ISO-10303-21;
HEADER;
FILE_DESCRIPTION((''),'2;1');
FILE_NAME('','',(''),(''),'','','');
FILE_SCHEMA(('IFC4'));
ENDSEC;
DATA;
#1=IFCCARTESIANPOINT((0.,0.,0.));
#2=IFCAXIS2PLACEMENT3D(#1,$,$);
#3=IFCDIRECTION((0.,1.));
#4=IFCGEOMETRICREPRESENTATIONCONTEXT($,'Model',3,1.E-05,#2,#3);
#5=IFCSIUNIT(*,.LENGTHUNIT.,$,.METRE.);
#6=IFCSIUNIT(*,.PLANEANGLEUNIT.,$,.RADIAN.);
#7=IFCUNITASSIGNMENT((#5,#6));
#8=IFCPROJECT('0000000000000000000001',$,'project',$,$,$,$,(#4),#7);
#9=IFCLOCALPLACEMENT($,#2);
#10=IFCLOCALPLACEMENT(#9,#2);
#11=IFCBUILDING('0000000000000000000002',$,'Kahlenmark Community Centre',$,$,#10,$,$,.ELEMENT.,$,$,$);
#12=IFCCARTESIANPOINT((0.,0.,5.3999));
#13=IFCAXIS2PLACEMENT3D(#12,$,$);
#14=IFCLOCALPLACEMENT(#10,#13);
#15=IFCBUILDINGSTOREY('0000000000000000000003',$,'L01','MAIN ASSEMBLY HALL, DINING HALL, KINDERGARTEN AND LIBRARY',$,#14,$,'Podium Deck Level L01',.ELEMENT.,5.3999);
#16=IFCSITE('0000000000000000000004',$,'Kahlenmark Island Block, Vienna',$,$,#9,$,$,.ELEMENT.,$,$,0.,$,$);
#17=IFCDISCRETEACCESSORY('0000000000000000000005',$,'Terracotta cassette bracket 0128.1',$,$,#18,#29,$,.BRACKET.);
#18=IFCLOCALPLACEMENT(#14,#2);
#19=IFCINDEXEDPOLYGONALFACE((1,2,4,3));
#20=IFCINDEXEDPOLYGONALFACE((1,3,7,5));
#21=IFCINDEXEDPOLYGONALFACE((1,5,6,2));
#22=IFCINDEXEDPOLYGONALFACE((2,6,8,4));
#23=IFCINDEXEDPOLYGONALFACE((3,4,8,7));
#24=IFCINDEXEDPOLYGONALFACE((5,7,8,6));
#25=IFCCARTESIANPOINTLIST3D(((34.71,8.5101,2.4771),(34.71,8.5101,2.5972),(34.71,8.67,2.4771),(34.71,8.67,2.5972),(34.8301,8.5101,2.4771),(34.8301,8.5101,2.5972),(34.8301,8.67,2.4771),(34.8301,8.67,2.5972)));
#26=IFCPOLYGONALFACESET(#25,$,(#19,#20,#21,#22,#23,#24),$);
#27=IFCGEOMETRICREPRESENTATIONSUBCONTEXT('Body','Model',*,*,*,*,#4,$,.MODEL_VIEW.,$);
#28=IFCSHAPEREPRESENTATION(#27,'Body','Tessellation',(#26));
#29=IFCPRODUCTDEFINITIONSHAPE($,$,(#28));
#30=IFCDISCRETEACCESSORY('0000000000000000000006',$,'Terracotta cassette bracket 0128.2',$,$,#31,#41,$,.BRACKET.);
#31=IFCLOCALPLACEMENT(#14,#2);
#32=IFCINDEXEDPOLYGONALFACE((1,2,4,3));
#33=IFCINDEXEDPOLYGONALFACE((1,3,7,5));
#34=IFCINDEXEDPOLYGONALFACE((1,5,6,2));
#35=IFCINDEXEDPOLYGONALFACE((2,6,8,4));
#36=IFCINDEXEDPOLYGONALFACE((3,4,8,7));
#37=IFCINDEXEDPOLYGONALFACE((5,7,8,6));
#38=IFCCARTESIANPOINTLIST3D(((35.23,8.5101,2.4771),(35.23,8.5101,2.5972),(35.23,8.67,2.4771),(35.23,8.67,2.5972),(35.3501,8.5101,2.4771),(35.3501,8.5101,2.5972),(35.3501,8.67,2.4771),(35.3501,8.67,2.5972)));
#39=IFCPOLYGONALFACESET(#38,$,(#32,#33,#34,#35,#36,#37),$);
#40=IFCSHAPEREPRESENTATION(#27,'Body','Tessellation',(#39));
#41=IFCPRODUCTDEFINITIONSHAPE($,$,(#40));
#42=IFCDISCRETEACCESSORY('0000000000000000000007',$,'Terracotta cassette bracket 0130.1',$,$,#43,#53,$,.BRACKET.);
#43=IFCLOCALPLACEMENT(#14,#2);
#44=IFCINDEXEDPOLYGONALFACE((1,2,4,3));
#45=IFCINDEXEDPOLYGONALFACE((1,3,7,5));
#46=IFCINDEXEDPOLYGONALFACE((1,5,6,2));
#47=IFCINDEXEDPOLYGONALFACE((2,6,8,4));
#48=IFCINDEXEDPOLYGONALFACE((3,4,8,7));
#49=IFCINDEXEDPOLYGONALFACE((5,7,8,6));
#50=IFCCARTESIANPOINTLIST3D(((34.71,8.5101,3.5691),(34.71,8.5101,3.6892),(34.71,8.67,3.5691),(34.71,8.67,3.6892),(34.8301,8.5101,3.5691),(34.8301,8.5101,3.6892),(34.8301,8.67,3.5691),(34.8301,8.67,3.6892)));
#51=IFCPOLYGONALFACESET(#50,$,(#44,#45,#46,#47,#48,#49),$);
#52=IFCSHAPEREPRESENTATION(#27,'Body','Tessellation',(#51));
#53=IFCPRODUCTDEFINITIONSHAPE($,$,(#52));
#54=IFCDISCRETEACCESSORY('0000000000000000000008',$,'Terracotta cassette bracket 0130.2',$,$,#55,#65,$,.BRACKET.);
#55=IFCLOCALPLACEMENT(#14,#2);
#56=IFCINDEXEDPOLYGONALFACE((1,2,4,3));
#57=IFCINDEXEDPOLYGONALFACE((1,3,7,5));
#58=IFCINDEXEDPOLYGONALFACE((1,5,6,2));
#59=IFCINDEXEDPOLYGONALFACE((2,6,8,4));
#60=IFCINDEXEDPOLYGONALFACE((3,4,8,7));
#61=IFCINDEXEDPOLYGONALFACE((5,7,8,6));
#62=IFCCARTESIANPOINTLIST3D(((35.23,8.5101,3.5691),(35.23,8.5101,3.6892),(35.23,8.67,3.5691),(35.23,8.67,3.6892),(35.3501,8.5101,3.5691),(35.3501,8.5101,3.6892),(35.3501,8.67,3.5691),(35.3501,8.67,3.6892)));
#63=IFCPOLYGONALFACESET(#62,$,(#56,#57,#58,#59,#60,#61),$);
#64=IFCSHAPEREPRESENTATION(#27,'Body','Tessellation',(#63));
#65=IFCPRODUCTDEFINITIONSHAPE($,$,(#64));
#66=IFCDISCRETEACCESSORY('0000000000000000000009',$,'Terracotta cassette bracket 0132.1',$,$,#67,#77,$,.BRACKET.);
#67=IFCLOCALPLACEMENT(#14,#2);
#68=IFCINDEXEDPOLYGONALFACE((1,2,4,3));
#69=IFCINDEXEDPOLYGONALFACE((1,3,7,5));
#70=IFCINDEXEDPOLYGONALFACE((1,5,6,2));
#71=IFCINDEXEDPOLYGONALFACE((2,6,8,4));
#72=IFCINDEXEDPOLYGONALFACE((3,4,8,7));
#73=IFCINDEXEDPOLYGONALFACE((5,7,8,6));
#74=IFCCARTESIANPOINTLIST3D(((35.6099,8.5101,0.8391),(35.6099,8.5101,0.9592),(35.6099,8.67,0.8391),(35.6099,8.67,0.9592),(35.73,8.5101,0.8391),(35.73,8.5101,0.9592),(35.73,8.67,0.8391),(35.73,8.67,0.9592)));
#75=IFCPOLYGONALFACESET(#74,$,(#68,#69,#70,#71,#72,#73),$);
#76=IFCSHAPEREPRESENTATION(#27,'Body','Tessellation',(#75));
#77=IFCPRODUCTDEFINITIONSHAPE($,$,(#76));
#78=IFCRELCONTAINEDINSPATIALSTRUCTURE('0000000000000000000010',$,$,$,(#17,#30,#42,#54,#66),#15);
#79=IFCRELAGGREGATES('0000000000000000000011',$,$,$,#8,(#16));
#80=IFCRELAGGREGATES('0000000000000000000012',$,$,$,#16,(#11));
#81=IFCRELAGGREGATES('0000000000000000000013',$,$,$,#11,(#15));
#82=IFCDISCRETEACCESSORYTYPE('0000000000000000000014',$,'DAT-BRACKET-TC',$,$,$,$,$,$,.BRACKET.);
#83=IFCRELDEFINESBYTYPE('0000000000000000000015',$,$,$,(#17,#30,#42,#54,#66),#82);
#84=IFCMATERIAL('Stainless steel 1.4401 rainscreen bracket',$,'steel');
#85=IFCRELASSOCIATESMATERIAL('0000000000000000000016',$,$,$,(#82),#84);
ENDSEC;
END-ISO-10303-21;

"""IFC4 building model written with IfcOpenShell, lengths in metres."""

from ifc_helpers import new_model, si_unit, direction, frame, origin, origin_2d, place, context, subcontext, project, spatial, rectangle, extrude, material, type_object, element, save


model = new_model("IFC4")

# Units and contexts
model_context = context("Model", 3, precision=1e-05, world=origin(), true_north=direction((0.0, 1.0)))
body_context = subcontext(model_context, "Body", "Model", "MODEL_VIEW")
ifc_project = project(units=[si_unit("LENGTHUNIT", "METRE"), si_unit("PLANEANGLEUNIT", "RADIAN")], contexts=[model_context])

# Site, building, storey
site_placement = place(None, origin())
site = spatial("IfcSite", under=ifc_project, at=site_placement, Name="Kahlenmark Island Block, Vienna", CompositionType="ELEMENT", RefElevation=0.0)
building_placement = place(site_placement, origin())
building = spatial("IfcBuilding", under=site, at=building_placement, Name="Kahlenmark Community Centre", CompositionType="ELEMENT")
storey_placement = place(building_placement, frame((0.0, 0.0, 5.3999)))
storey = spatial("IfcBuildingStorey", under=building, at=storey_placement, Name="L01", Description="MAIN ASSEMBLY HALL, DINING HALL, KINDERGARTEN AND LIBRARY", LongName="Podium Deck Level L01", CompositionType="ELEMENT", Elevation=5.3999)

# Discrete accessories
ifc_material_1 = material(Name="Stainless steel 1.4401 rainscreen bracket", Category="steel")
discrete_accessory_type = type_object("IfcDiscreteAccessoryType", Name="DAT-BRACKET-TC", PredefinedType="BRACKET", material=ifc_material_1)
for number, where, z_axis, x_axis, name in (
    (1, (34.77, 8.5901, 2.4771), (0.0, 0.0, 1.0), (1.0, 0.0, 0.0), "Terracotta cassette bracket 0128.1"),
    (2, (35.29, 8.5901, 2.4771), (0.0, 0.0, 1.0), (1.0, 0.0, 0.0), "Terracotta cassette bracket 0128.2"),
    (3, (34.77, 8.5901, 3.5691), (0.0, 0.0, 1.0), (1.0, 0.0, 0.0), "Terracotta cassette bracket 0130.1"),
    (4, (35.29, 8.5901, 3.5691), (0.0, 0.0, 1.0), (1.0, 0.0, 0.0), "Terracotta cassette bracket 0130.2"),
    (5, (35.6699, 8.5901, 0.8391), (0.0, 0.0, 1.0), (1.0, 0.0, 0.0), "Terracotta cassette bracket 0132.1"),
):
    element("IfcDiscreteAccessory", number, at=place(storey_placement, frame(where, z_axis=z_axis, x_axis=x_axis)), inside=storey, type_object=discrete_accessory_type, Name=name, PredefinedType="BRACKET", context=body_context, shape_type="SweptSolid", body=[
        extrude(rectangle(XDim=0.1201, YDim=0.1599, at=origin_2d()), origin(), (0.0, 0.0, 1.0), 0.1201),
    ])

save(model, "model.ifc")
